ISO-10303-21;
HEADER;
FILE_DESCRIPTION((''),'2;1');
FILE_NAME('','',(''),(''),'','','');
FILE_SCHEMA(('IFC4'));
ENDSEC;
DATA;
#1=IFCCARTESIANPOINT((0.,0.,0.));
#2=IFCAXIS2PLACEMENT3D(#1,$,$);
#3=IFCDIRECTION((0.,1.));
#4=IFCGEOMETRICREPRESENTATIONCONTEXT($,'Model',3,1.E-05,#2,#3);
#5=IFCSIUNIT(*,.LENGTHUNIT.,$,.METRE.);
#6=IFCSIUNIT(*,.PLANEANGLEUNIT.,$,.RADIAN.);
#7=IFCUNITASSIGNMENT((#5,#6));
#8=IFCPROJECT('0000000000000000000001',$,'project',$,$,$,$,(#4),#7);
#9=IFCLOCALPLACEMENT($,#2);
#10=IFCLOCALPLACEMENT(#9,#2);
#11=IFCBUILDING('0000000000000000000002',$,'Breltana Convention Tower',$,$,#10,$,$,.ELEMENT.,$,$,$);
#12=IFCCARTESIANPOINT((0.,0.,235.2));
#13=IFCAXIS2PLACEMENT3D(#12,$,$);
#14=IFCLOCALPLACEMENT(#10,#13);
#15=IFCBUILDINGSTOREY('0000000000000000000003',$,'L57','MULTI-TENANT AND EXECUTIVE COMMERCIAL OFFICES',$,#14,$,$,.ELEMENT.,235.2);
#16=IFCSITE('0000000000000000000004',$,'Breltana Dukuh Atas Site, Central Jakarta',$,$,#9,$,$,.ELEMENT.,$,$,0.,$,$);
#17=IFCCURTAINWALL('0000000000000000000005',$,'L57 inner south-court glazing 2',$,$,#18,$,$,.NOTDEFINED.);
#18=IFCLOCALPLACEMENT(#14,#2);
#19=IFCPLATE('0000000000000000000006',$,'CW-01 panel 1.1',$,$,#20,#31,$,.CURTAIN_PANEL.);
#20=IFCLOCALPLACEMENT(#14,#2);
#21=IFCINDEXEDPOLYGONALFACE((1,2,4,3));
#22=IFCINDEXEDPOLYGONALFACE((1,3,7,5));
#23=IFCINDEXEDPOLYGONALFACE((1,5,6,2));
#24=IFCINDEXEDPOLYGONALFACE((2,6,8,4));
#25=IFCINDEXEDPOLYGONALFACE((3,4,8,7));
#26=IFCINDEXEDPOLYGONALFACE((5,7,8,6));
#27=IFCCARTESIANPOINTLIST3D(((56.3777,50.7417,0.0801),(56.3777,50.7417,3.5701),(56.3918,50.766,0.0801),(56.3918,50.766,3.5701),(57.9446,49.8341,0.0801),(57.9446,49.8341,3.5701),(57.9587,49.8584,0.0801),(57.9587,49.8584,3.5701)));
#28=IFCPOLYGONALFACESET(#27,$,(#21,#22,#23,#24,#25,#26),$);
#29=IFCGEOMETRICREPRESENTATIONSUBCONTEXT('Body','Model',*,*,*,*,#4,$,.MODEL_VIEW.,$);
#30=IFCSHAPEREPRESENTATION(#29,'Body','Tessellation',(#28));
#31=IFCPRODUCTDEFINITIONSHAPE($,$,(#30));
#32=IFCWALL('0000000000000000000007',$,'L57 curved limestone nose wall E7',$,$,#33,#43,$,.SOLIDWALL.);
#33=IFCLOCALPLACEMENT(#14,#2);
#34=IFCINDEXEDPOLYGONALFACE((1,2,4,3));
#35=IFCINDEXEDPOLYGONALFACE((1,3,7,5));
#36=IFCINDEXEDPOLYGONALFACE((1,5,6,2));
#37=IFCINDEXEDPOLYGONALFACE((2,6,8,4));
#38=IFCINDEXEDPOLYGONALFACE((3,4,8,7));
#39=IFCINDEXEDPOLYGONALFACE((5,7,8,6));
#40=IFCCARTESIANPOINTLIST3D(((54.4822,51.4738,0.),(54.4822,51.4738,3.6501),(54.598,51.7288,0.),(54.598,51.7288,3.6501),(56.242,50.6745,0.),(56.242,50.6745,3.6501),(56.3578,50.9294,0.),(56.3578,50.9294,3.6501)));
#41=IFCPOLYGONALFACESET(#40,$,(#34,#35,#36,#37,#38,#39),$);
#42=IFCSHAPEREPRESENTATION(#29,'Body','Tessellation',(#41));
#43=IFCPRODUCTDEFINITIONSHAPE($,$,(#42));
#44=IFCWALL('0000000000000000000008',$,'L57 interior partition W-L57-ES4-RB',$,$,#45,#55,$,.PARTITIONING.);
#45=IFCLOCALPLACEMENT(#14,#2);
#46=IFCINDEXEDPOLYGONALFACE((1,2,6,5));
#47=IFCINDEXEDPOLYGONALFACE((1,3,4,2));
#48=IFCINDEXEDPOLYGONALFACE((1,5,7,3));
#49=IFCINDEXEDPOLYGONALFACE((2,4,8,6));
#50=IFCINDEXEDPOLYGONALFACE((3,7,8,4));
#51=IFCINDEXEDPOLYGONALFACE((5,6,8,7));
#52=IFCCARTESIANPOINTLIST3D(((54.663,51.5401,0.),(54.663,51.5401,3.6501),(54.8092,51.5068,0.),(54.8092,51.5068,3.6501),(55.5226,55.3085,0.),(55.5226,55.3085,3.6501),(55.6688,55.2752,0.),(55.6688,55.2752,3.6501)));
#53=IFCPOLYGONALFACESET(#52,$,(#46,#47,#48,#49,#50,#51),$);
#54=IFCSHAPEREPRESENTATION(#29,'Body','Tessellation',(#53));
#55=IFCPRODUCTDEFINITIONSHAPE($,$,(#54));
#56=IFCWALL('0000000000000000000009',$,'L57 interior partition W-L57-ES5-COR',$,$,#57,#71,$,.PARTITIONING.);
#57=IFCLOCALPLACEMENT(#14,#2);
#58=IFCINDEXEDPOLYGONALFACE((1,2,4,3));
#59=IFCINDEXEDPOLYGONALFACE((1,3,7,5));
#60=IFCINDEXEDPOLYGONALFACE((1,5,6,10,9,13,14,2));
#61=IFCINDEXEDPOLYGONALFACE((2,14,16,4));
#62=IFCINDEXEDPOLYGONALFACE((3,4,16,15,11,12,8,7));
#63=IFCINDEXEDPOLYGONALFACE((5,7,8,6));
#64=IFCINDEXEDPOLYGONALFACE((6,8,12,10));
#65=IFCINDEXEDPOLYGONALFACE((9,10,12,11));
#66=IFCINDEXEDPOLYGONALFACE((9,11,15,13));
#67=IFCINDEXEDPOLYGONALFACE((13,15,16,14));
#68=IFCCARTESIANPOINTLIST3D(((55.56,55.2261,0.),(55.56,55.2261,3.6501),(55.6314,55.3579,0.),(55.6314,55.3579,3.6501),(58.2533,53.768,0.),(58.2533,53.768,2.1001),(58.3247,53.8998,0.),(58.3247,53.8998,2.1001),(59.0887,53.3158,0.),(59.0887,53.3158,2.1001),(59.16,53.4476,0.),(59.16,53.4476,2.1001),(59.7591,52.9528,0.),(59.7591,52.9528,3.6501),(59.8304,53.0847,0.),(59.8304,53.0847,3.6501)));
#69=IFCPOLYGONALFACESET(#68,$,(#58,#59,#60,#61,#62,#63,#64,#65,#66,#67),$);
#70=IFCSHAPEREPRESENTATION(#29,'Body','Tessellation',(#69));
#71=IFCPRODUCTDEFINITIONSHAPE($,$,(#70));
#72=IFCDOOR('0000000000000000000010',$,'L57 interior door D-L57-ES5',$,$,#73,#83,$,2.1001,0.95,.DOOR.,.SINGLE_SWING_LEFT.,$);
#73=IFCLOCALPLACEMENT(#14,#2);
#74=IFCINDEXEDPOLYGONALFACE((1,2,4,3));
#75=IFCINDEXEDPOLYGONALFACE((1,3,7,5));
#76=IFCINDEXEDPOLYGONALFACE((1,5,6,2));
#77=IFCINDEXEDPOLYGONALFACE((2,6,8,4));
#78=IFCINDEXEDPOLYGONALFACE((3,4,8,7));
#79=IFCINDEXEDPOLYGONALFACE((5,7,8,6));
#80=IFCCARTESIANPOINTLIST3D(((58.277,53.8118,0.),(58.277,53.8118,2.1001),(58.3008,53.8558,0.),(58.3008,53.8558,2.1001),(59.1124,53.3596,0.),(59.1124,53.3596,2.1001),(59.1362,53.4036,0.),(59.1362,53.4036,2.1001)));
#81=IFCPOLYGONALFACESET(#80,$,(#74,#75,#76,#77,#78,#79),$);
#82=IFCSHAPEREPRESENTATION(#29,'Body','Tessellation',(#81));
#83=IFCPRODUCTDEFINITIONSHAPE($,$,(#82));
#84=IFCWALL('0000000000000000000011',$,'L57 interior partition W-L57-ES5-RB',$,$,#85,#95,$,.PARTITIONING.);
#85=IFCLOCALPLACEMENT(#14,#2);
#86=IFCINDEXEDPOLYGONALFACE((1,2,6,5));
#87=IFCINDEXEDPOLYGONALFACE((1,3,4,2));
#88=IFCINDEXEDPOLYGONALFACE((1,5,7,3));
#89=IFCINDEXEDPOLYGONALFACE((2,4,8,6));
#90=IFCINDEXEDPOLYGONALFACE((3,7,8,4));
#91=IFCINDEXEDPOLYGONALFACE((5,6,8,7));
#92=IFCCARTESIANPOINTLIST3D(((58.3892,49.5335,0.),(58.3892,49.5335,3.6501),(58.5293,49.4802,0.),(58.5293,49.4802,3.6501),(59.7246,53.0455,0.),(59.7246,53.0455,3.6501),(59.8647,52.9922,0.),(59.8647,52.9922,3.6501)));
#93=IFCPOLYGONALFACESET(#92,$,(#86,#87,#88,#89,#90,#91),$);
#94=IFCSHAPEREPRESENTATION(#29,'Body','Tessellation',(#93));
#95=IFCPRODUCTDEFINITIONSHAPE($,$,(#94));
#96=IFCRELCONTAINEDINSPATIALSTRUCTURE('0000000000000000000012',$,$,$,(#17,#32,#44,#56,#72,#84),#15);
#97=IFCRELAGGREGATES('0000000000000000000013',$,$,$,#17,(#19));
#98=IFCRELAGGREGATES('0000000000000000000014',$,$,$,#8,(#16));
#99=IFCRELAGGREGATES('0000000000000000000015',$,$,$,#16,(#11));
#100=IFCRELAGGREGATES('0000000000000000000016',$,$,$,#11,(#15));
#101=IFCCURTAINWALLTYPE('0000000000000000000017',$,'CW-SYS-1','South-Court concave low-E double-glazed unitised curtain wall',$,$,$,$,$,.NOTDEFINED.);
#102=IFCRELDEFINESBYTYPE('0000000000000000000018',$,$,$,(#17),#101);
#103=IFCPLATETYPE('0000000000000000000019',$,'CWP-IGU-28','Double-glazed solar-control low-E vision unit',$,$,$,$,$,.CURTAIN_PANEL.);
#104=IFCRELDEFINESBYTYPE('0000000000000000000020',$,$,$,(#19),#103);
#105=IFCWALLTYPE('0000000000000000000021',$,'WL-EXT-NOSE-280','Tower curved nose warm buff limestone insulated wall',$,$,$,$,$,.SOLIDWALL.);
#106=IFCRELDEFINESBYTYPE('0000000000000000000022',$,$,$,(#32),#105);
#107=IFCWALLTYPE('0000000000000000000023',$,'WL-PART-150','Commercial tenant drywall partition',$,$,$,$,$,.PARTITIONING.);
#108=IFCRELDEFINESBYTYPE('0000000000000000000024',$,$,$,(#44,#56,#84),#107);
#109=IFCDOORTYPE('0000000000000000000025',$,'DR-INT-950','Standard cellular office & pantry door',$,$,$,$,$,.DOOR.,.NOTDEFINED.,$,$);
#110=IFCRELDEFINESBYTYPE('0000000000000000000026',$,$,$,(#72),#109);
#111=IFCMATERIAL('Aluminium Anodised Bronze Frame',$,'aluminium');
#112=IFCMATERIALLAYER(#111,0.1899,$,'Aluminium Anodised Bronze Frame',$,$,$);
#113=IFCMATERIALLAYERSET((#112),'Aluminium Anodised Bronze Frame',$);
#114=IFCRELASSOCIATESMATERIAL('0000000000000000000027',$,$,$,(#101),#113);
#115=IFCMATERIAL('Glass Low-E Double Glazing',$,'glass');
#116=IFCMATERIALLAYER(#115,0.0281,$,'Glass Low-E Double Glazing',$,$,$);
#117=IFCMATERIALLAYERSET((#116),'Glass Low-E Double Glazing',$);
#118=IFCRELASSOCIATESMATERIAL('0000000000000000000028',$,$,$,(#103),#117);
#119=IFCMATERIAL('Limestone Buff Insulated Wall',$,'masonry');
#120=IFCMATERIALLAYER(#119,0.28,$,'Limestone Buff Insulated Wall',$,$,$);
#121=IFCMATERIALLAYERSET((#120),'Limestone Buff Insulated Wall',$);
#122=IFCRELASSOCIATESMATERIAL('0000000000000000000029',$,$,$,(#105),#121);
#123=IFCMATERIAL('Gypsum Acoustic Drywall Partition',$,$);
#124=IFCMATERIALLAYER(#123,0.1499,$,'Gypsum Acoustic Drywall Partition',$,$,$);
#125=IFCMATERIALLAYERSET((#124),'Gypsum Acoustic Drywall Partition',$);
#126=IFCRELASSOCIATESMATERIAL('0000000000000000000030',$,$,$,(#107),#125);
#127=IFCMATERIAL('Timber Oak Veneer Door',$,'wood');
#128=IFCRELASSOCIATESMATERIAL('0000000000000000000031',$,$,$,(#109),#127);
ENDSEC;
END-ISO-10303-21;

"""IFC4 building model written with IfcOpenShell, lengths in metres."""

from ifc_helpers import new_model, si_unit, direction, frame, frame_2d, origin, origin_2d, place, context, subcontext, project, spatial, rectangle, extrude, source, transform, mapped, material, layer, layer_set, type_object, type_shapes, element, fill, aggregate, save


model = new_model("IFC4")

# Units and contexts
model_context = context("Model", 3, precision=1e-05, world=origin(), true_north=direction((0.0, 1.0)))
body_context = subcontext(model_context, "Body", "Model", "MODEL_VIEW")
ifc_project = project(units=[si_unit("LENGTHUNIT", "METRE"), si_unit("PLANEANGLEUNIT", "RADIAN")], contexts=[model_context])

# Site, building, storey
site_placement = place(None, origin())
site = spatial("IfcSite", under=ifc_project, at=site_placement, Name="Breltana Dukuh Atas Site, Central Jakarta", CompositionType="ELEMENT", RefElevation=0.0)
building_placement = place(site_placement, origin())
building = spatial("IfcBuilding", under=site, at=building_placement, Name="Breltana Convention Tower", CompositionType="ELEMENT")
storey_placement = place(building_placement, frame((0.0, 0.0, 235.2)))
storey = spatial("IfcBuildingStorey", under=building, at=storey_placement, Name="L57", Description="MULTI-TENANT AND EXECUTIVE COMMERCIAL OFFICES", CompositionType="ELEMENT", Elevation=235.2)

# Shared definitions
ifc_material_1 = material(Name="Aluminium Anodised Bronze Frame", Category="aluminium")
ifc_layer_1 = layer(ifc_material_1, 0.1899, Name="Aluminium Anodised Bronze Frame")
ifc_layer_set_1 = layer_set([ifc_layer_1], Name="Aluminium Anodised Bronze Frame")
curtain_wall_type = type_object("IfcCurtainWallType", Name="CW-SYS-1", Description="South-Court concave low-E double-glazed unitised curtain wall", PredefinedType="NOTDEFINED", material=ifc_layer_set_1)

# Curtain wall
curtain_wall_1_placement = place(storey_placement, origin())
curtain_wall_1 = element("IfcCurtainWall", 1, at=curtain_wall_1_placement, inside=storey, type_object=curtain_wall_type, Name="L57 inner south-court glazing 2", PredefinedType="NOTDEFINED")

# Plate
ifc_material_2 = material(Name="Glass Low-E Double Glazing", Category="glass")
ifc_layer_2 = layer(ifc_material_2, 0.0281, Name="Glass Low-E Double Glazing")
ifc_layer_set_2 = layer_set([ifc_layer_2], Name="Glass Low-E Double Glazing")
plate_type = type_object("IfcPlateType", Name="CWP-IGU-28", Description="Double-glazed solar-control low-E vision unit", PredefinedType="CURTAIN_PANEL", material=ifc_layer_set_2)
shared_shape_1 = source(origin(), body_context, "Body", "SweptSolid", [
    extrude(rectangle(XDim=1.8108, YDim=0.0281, at=origin_2d()), origin(), (0.0, 0.0, 1.0), 3.49),
])
plate_1_placement = place(storey_placement, frame((57.1682, 50.3, 0.0801), z_axis=(0.0, 0.0, 1.0), x_axis=(-0.865337, 0.50119, 0.0)))
plate_1 = element("IfcPlate", 2, at=plate_1_placement, type_object=plate_type, Name="CW-01 panel 1.1", PredefinedType="CURTAIN_PANEL", context=body_context, shape_type="MappedRepresentation", body=[
    mapped(shared_shape_1, transform((0.0, 0.0, 0.0), scale=1.0)),
])
aggregate(curtain_wall_1, [plate_1])

# Walls
ifc_material_3 = material(Name="Limestone Buff Insulated Wall", Category="masonry")
ifc_layer_3 = layer(ifc_material_3, 0.28, Name="Limestone Buff Insulated Wall")
ifc_layer_set_3 = layer_set([ifc_layer_3], Name="Limestone Buff Insulated Wall")
wall_type_1 = type_object("IfcWallType", Name="WL-EXT-NOSE-280", Description="Tower curved nose warm buff limestone insulated wall", PredefinedType="SOLIDWALL", material=ifc_layer_set_3)
shared_shape_2 = source(origin(), body_context, "Body", "SweptSolid", [
    extrude(rectangle(XDim=1.9329, YDim=0.28, at=frame_2d((0.9663, 0.0))), origin(), (0.0, 0.0, 1.0), 3.6501),
])
wall_1_placement = place(storey_placement, frame((56.2998, 50.802, 0.0), z_axis=(0.0, 0.0, 1.0), x_axis=(-0.910479, 0.413555, 0.0)))
element("IfcWall", 3, at=wall_1_placement, inside=storey, type_object=wall_type_1, Name="L57 curved limestone nose wall E7", PredefinedType="SOLIDWALL", context=body_context, shape_type="MappedRepresentation", body=[
    mapped(shared_shape_2, transform((0.0, 0.0, 0.0), scale=1.0)),
])
ifc_material_4 = material(Name="Gypsum Acoustic Drywall Partition")
ifc_layer_4 = layer(ifc_material_4, 0.1499, Name="Gypsum Acoustic Drywall Partition")
ifc_layer_set_4 = layer_set([ifc_layer_4], Name="Gypsum Acoustic Drywall Partition")
wall_type_2 = type_object("IfcWallType", Name="WL-PART-150", Description="Commercial tenant drywall partition", PredefinedType="PARTITIONING", material=ifc_layer_set_4)
shared_shape_3 = source(origin(), body_context, "Body", "SweptSolid", [
    extrude(rectangle(XDim=3.8652, YDim=0.1499, at=frame_2d((1.9326, 0.0))), origin(), (0.0, 0.0, 1.0), 3.6501),
])
wall_2_placement = place(storey_placement, frame((54.7361, 51.5234, 0.0), z_axis=(0.0, 0.0, 1.0), x_axis=(0.222391, 0.974958, 0.0)))
element("IfcWall", 4, at=wall_2_placement, inside=storey, type_object=wall_type_2, Name="L57 interior partition W-L57-ES4-RB", PredefinedType="PARTITIONING", context=body_context, shape_type="MappedRepresentation", body=[
    mapped(shared_shape_3, transform((0.0, 0.0, 0.0), scale=1.0)),
])

# Wall, opening, door
shared_shape_4 = source(origin(), body_context, "Body", "SweptSolid", [
    extrude(rectangle(XDim=4.7749, YDim=0.1499, at=frame_2d((2.3875, 0.0))), origin(), (0.0, 0.0, 1.0), 3.6501),
])
wall_3_placement = place(storey_placement, frame((55.5957, 55.292, 0.0), z_axis=(0.0, 0.0, 1.0), x_axis=(0.879402, -0.476081, 0.0)))
wall_3 = element("IfcWall", 5, at=wall_3_placement, inside=storey, type_object=wall_type_2, Name="L57 interior partition W-L57-ES5-COR", PredefinedType="PARTITIONING", context=body_context, shape_type="MappedRepresentation", body=[
    mapped(shared_shape_4, transform((0.0, 0.0, 0.0), scale=1.0)),
])
opening_placement = place(wall_3_placement, frame((3.0625, 0.0, 0.0)))
opening = element("IfcOpeningElement", 6, at=opening_placement, cuts=wall_3, PredefinedType="OPENING", context=body_context, shape_type="SweptSolid", body=[
    extrude(rectangle(XDim=0.95, YDim=2.1001, at=frame_2d((0.4751, 1.05))), frame((0.0, 0.085, 0.0), z_axis=(0.0, -1.0, 0.0), x_axis=(1.0, 0.0, 0.0)), (0.0, 0.0, 1.0), 0.1699),
])
ifc_material_5 = material(Name="Timber Oak Veneer Door", Category="wood")
door_type = type_object("IfcDoorType", Name="DR-INT-950", Description="Standard cellular office & pantry door", OperationType="NOTDEFINED", PredefinedType="DOOR", material=ifc_material_5)
shared_shape_5 = source(origin(), body_context, "Body", "SweptSolid", [
    extrude(rectangle(XDim=0.95, YDim=2.1001, at=frame_2d((0.4751, 1.05))), frame((0.0, 0.0249, 0.0), z_axis=(0.0, -1.0, 0.0), x_axis=(1.0, 0.0, 0.0)), (0.0, 0.0, 1.0), 0.05),
])
type_shapes(door_type, [shared_shape_5])
door_placement = place(opening_placement, origin())
door = element("IfcDoor", 7, at=door_placement, inside=storey, type_object=door_type, Name="L57 interior door D-L57-ES5", OperationType="SINGLE_SWING_LEFT", OverallHeight=2.1001, OverallWidth=0.95, PredefinedType="DOOR", context=body_context, shape_type="MappedRepresentation", body=[
    mapped(shared_shape_5, transform((0.0, 0.0, 0.0), scale=1.0)),
])
fill(opening, door)

# Wall
shared_shape_6 = source(origin(), body_context, "Body", "SweptSolid", [
    extrude(rectangle(XDim=3.7573, YDim=0.1499, at=frame_2d((1.8787, 0.0))), origin(), (0.0, 0.0, 1.0), 3.6501),
])
wall_4_placement = place(storey_placement, frame((58.4592, 49.5068, 0.0), z_axis=(0.0, 0.0, 1.0), x_axis=(0.355428, 0.934704, 0.0)))
element("IfcWall", 8, at=wall_4_placement, inside=storey, type_object=wall_type_2, Name="L57 interior partition W-L57-ES5-RB", PredefinedType="PARTITIONING", context=body_context, shape_type="MappedRepresentation", body=[
    mapped(shared_shape_6, transform((0.0, 0.0, 0.0), scale=1.0)),
])

save(model, "model.ifc")
